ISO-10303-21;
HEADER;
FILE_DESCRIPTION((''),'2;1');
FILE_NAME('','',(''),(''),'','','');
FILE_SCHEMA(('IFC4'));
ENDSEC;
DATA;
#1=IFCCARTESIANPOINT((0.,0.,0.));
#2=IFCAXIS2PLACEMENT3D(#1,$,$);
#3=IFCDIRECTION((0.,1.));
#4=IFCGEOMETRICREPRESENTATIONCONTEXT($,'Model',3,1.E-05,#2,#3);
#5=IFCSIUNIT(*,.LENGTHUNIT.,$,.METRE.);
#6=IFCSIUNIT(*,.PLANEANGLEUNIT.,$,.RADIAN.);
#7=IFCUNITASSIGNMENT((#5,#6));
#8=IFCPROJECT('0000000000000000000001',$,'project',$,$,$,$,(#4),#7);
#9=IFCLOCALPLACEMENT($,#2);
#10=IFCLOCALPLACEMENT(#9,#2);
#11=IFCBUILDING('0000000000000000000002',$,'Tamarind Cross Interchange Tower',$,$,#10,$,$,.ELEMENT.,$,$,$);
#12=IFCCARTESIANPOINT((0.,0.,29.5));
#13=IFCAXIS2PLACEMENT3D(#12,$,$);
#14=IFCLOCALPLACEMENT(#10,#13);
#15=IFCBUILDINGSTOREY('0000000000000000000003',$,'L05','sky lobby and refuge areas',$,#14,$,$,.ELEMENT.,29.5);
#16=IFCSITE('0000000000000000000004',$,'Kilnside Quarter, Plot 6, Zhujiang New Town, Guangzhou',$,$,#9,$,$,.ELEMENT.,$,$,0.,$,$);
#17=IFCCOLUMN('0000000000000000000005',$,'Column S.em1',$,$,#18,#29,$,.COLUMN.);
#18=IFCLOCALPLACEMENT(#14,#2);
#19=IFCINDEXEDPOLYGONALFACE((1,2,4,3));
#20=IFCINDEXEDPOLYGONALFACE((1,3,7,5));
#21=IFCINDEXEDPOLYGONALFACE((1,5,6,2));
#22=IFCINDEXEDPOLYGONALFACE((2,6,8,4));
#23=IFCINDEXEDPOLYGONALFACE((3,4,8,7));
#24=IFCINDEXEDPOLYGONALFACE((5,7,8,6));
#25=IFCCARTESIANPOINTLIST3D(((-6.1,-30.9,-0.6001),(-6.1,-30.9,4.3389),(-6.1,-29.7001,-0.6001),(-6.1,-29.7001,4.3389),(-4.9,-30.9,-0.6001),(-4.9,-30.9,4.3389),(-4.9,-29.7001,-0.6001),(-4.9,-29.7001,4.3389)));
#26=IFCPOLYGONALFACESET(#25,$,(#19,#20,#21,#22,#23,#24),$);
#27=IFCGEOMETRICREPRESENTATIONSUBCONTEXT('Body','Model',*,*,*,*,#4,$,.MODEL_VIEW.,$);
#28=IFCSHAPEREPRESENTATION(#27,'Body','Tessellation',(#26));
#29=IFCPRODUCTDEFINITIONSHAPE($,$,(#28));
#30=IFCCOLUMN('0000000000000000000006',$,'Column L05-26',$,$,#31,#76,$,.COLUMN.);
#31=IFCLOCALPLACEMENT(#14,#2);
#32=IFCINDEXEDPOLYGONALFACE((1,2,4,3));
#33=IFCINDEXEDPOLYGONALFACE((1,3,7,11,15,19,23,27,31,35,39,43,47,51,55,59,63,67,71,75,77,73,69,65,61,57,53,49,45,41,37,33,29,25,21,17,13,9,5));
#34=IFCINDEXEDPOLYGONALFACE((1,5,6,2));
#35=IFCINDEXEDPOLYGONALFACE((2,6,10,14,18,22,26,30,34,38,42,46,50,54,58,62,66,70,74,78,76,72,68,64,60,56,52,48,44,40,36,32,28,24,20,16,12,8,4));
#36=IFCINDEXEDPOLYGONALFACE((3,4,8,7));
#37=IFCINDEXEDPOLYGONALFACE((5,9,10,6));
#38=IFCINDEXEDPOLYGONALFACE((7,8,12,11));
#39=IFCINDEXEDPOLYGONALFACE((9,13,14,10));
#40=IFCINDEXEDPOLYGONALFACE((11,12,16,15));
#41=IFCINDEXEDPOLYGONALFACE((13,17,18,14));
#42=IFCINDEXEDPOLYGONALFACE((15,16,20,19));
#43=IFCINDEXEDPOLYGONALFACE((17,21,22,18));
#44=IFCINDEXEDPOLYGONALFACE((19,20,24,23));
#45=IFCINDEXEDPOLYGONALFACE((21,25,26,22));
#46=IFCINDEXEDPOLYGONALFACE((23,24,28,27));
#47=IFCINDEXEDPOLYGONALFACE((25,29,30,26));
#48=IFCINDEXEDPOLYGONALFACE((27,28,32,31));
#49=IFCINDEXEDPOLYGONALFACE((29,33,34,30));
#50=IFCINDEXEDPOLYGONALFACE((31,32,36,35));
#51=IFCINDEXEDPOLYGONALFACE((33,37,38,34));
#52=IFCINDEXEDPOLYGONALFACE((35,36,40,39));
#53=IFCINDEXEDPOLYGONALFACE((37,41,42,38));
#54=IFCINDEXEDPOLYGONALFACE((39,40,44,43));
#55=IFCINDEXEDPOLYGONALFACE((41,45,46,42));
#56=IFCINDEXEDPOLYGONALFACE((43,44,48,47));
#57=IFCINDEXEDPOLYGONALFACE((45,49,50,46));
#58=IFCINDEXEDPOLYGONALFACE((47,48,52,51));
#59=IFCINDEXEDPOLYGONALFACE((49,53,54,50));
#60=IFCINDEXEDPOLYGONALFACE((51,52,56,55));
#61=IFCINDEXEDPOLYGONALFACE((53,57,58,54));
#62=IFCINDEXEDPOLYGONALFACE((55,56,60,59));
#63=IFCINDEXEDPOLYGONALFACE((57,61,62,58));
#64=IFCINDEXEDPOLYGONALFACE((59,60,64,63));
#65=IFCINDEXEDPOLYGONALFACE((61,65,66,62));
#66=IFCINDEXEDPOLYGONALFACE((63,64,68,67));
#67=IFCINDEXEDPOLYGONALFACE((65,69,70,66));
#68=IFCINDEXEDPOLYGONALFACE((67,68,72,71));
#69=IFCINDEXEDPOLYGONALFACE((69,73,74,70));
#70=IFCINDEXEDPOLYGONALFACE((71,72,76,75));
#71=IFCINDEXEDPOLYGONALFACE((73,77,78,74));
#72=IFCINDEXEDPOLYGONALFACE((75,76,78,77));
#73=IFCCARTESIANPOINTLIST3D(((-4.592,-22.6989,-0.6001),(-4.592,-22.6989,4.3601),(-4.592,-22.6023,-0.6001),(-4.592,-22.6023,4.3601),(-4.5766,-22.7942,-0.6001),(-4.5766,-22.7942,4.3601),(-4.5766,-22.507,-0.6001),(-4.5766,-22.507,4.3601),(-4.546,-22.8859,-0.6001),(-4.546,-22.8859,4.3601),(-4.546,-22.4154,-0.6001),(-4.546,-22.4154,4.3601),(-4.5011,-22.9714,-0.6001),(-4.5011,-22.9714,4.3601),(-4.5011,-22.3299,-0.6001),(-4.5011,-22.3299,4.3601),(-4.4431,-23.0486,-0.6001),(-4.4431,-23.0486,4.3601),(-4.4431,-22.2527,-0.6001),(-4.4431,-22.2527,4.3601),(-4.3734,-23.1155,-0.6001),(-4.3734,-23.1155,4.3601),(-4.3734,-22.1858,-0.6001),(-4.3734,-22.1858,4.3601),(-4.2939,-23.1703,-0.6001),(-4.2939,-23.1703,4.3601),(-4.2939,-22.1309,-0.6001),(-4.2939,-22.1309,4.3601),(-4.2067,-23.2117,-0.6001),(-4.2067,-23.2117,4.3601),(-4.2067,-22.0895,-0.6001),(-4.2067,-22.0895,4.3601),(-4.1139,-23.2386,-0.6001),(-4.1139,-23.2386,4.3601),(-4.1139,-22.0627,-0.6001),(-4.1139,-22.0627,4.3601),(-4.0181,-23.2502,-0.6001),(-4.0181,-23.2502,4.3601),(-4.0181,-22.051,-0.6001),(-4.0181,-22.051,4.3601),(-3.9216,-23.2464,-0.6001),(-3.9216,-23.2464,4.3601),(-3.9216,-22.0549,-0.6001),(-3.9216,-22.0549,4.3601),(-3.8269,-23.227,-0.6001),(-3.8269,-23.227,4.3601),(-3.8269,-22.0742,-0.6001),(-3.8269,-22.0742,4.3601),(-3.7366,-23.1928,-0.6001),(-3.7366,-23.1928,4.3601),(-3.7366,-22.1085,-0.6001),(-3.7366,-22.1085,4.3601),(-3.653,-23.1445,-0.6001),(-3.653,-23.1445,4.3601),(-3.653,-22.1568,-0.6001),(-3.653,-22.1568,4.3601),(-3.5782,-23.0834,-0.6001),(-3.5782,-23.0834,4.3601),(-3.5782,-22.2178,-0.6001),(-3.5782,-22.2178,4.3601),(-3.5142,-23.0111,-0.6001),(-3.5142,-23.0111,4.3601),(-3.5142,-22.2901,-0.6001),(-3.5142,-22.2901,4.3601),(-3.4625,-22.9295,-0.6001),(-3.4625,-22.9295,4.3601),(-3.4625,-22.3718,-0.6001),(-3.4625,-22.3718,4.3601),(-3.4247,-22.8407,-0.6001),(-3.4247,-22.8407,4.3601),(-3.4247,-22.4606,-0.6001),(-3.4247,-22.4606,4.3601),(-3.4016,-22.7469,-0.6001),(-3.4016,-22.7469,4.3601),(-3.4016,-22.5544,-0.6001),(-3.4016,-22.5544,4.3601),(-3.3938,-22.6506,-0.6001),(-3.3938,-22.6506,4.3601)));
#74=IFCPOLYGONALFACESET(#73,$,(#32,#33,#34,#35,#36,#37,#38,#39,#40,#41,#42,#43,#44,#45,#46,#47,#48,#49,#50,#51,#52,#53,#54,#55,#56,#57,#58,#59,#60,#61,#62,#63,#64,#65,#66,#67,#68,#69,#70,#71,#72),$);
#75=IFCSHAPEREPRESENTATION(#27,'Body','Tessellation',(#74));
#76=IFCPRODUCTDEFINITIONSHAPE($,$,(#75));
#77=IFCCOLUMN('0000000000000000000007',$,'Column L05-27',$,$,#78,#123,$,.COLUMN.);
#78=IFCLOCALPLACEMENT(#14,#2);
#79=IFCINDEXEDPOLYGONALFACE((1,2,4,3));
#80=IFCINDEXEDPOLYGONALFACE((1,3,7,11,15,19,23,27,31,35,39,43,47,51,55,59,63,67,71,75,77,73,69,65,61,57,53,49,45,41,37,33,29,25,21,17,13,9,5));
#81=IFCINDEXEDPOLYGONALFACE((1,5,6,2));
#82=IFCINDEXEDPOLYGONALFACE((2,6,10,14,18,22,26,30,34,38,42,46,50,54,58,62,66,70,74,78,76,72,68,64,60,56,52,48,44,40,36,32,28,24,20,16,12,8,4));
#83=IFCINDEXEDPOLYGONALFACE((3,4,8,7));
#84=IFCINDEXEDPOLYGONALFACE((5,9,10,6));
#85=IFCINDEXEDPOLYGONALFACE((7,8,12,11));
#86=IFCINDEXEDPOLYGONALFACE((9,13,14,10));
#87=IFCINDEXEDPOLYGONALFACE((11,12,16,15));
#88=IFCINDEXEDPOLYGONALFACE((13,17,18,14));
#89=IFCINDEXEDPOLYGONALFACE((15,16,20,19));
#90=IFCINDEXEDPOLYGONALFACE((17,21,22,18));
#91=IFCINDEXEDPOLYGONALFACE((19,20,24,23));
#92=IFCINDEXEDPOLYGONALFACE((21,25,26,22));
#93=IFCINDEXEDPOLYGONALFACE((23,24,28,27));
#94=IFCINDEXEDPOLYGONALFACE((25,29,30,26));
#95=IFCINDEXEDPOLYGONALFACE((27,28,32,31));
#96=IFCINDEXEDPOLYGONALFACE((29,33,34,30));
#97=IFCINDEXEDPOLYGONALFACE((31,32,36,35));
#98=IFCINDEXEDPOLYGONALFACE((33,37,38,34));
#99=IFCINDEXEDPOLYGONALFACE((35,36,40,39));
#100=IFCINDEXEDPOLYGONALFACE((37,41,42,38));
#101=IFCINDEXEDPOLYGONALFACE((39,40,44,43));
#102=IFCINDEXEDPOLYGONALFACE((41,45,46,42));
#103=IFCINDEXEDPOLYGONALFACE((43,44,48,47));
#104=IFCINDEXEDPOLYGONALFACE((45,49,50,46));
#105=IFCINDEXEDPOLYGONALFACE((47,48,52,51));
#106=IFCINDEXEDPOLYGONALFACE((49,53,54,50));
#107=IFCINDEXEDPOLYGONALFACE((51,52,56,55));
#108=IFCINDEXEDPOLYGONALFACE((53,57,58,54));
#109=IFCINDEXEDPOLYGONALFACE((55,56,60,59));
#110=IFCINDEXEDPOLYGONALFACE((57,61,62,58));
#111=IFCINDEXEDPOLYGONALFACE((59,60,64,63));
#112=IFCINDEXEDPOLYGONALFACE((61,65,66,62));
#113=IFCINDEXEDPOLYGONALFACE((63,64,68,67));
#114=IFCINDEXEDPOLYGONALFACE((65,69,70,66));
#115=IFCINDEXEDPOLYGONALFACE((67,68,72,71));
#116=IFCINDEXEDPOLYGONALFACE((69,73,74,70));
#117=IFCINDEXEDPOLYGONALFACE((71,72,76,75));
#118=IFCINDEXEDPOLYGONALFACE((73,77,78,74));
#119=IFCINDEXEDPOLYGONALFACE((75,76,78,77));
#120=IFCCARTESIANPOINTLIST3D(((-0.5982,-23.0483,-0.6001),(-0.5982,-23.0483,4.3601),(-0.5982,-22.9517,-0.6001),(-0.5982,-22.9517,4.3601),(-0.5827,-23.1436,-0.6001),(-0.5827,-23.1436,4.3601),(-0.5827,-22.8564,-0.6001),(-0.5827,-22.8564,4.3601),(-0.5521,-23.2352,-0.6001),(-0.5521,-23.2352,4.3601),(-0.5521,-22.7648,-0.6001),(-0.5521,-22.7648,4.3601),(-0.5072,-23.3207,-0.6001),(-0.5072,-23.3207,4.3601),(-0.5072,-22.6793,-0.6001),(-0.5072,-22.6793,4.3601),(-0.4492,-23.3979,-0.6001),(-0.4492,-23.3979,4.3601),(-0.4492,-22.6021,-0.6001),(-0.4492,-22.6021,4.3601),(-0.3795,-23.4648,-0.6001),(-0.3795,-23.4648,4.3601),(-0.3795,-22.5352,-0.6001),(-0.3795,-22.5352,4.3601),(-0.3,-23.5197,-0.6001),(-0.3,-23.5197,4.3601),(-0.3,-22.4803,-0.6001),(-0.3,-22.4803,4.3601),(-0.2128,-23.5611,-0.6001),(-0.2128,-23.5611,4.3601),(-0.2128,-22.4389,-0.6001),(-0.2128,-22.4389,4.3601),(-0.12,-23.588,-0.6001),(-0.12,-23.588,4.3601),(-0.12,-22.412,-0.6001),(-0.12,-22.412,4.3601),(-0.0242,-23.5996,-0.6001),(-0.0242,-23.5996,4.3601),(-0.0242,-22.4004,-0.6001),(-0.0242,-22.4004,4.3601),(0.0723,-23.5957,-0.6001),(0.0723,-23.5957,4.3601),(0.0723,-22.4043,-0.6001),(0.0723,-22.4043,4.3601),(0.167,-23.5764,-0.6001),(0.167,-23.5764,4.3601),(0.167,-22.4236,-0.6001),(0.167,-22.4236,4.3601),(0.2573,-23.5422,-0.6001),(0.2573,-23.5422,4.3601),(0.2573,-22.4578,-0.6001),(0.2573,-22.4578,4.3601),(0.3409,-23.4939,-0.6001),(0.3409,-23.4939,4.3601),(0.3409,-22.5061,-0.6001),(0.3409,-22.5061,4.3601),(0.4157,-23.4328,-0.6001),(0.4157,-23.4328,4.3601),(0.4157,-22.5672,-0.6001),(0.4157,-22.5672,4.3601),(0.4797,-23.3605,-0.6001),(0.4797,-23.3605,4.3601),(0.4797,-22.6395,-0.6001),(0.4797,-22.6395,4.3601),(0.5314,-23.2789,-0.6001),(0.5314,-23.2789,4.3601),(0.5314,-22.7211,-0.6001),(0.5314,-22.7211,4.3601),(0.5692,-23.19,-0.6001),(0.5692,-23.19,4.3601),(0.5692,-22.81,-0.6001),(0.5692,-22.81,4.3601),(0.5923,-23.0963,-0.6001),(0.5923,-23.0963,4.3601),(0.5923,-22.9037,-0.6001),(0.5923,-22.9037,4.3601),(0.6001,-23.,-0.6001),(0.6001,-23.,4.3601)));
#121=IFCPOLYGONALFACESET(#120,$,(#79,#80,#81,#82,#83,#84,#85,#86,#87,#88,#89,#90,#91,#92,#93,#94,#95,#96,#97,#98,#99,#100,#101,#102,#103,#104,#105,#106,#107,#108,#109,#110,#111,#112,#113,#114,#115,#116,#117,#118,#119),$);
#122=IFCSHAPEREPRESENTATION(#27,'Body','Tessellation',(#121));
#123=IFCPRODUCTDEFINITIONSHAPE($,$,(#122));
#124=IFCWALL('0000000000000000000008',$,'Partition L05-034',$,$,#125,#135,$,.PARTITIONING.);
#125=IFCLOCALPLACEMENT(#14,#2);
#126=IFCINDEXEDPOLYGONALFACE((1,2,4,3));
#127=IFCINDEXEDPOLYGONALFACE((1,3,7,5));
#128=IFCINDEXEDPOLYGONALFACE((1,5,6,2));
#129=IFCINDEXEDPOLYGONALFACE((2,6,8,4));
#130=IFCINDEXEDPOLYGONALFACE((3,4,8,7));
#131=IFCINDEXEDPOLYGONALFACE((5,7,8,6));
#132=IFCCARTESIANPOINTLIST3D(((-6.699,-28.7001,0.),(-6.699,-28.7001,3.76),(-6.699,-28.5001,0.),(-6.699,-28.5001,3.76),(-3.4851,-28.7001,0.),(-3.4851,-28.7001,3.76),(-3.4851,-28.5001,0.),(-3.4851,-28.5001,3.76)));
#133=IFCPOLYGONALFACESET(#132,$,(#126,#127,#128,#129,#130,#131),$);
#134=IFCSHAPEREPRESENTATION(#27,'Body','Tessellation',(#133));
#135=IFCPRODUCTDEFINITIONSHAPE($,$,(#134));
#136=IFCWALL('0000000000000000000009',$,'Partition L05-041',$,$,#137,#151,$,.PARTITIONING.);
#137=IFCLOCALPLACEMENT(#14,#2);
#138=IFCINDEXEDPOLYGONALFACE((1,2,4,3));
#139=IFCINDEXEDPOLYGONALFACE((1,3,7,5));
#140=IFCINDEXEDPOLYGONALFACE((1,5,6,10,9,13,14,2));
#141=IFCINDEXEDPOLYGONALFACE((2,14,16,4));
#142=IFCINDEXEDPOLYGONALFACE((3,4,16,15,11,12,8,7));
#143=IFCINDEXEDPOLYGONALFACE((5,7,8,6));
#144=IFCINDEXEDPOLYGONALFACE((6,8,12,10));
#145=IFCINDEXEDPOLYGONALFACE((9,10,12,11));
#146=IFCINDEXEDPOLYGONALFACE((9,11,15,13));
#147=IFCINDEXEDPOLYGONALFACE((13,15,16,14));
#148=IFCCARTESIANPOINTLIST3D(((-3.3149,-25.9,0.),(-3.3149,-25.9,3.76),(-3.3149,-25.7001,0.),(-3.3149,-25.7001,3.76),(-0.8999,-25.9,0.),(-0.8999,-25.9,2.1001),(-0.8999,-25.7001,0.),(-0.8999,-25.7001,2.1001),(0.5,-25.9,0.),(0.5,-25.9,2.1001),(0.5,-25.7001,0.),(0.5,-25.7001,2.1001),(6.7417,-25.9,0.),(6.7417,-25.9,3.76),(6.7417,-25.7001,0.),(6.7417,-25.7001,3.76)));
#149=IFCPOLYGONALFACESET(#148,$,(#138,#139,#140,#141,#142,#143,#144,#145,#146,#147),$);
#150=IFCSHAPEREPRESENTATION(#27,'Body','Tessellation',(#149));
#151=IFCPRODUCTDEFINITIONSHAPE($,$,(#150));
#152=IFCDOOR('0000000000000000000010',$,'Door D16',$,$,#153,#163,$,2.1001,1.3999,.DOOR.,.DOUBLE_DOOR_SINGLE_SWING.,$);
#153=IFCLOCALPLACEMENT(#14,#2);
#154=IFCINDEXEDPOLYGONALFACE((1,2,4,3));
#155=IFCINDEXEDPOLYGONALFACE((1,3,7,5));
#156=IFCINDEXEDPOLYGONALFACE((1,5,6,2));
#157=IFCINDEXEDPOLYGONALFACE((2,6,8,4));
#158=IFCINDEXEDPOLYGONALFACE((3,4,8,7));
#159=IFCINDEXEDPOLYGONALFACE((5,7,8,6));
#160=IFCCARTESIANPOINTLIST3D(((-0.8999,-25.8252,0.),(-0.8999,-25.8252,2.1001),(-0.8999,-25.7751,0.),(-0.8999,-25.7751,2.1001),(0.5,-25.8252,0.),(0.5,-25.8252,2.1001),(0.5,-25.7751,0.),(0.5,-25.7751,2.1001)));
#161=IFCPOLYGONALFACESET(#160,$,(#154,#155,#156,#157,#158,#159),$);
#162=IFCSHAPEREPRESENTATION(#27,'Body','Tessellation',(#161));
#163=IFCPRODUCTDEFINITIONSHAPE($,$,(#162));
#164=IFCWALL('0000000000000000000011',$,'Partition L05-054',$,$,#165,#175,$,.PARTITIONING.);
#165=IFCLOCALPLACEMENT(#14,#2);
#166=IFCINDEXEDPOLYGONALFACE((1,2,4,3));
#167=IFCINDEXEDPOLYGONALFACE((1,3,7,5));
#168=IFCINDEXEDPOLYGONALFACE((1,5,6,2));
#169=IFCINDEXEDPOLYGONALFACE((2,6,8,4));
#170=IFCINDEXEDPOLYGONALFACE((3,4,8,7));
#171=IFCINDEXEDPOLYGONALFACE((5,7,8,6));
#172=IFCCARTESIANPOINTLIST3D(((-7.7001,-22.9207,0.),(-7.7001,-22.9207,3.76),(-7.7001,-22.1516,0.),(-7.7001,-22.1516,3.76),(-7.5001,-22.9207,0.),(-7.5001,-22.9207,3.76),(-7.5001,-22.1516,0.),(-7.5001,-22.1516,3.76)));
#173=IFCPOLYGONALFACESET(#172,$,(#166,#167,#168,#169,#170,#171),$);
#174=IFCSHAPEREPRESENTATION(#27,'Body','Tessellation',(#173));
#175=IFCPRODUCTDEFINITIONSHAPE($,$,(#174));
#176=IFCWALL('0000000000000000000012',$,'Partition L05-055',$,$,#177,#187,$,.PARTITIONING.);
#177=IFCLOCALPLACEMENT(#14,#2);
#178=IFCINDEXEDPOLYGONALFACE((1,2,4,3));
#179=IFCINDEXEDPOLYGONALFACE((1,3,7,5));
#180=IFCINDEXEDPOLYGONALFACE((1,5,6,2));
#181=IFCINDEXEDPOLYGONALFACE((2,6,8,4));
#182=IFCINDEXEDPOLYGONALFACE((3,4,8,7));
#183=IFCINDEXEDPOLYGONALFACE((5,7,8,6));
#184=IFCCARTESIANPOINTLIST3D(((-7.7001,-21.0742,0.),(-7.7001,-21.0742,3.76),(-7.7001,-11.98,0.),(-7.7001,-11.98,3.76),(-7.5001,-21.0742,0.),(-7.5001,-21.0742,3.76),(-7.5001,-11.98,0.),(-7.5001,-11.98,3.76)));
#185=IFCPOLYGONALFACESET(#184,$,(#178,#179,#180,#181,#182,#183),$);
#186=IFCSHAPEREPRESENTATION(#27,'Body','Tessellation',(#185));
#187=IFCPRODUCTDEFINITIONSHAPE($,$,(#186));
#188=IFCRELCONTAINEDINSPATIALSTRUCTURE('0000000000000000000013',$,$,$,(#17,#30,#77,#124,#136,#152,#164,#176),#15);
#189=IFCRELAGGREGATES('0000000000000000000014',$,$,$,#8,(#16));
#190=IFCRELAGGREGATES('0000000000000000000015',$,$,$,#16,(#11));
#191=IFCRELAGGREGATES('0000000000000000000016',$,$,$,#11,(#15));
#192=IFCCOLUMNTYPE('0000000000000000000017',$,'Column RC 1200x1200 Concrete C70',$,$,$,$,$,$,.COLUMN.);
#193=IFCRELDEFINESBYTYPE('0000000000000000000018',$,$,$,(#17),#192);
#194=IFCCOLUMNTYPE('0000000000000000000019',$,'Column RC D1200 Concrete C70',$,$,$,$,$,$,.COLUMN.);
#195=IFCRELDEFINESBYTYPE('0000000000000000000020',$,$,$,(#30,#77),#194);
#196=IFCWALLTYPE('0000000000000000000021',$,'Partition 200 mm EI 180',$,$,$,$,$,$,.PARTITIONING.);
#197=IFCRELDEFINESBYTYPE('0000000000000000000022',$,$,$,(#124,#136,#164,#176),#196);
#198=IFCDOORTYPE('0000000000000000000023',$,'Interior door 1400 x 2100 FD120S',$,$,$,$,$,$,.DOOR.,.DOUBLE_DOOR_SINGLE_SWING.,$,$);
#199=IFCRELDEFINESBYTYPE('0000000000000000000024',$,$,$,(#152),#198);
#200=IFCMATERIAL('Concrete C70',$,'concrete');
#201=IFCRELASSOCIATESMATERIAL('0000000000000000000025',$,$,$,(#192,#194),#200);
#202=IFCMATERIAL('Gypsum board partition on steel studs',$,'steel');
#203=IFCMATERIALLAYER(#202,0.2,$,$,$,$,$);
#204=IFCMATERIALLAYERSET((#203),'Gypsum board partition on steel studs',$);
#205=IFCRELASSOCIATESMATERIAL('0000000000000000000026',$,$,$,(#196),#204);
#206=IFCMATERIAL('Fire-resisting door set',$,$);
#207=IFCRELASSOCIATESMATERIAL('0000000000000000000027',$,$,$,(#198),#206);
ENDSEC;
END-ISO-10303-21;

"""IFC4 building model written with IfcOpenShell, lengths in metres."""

from ifc_helpers import new_model, si_unit, direction, frame, frame_2d, origin, origin_2d, place, context, subcontext, project, spatial, rectangle, circle, extrude, material, layer, layer_set, material_profile, profile_set, type_object, element, fill, save


model = new_model("IFC4")

# Units and contexts
model_context = context("Model", 3, precision=1e-05, world=origin(), true_north=direction((0.0, 1.0)))
body_context = subcontext(model_context, "Body", "Model", "MODEL_VIEW")
ifc_project = project(units=[si_unit("LENGTHUNIT", "METRE"), si_unit("PLANEANGLEUNIT", "RADIAN")], contexts=[model_context])

# Site, building, storey
site_placement = place(None, origin())
site = spatial("IfcSite", under=ifc_project, at=site_placement, Name="Kilnside Quarter, Plot 6, Zhujiang New Town, Guangzhou", CompositionType="ELEMENT", RefElevation=0.0)
building_placement = place(site_placement, origin())
building = spatial("IfcBuilding", under=site, at=building_placement, Name="Tamarind Cross Interchange Tower", CompositionType="ELEMENT")
storey_placement = place(building_placement, frame((0.0, 0.0, 29.5)))
storey = spatial("IfcBuildingStorey", under=building, at=storey_placement, Name="L05", Description="sky lobby and refuge areas", CompositionType="ELEMENT", Elevation=29.5)

# Columns
ifc_material_1 = material(Name="Concrete C70", Category="concrete")
ifc_material_profile_1 = material_profile(ifc_material_1, rectangle(XDim=1.2, YDim=1.2, at=origin_2d()), Name="RC 1200x1200")
ifc_profile_set_1 = profile_set([ifc_material_profile_1], Name="Concrete C70")
column_type_1 = type_object("IfcColumnType", Name="Column RC 1200x1200 Concrete C70", PredefinedType="COLUMN", material=ifc_profile_set_1)
column_placement = place(storey_placement, frame((-5.5, -30.3, -0.6001), z_axis=(0.0, 0.0, 1.0), x_axis=(1.0, 0.0, 0.0)))
element("IfcColumn", 1, at=column_placement, inside=storey, type_object=column_type_1, Name="Column S.em1", PredefinedType="COLUMN", context=body_context, shape_type="SweptSolid", body=[
    extrude(rectangle(XDim=1.2, YDim=1.2, at=origin_2d()), origin(), (0.0, 0.0, 1.0), 4.939),
])
ifc_material_profile_2 = material_profile(ifc_material_1, circle(Radius=0.6001, at=origin_2d()), Name="RC D1200")
ifc_profile_set_2 = profile_set([ifc_material_profile_2], Name="Concrete C70")
column_type_2 = type_object("IfcColumnType", Name="Column RC D1200 Concrete C70", PredefinedType="COLUMN", material=ifc_profile_set_2)
for number, where, z_axis, x_axis, name in (
    (2, (-3.9939, -22.6506, -0.6001), (0.0, 0.0, 1.0), (1.0, 0.0, 0.0), "Column L05-26"),
    (3, (0.0, -23.0, -0.6001), (0.0, 0.0, 1.0), (1.0, 0.0, 0.0), "Column L05-27"),
):
    element("IfcColumn", number, at=place(storey_placement, frame(where, z_axis=z_axis, x_axis=x_axis)), inside=storey, type_object=column_type_2, Name=name, PredefinedType="COLUMN", context=body_context, shape_type="SweptSolid", body=[
        extrude(circle(Radius=0.6001, at=origin_2d()), origin(), (0.0, 0.0, 1.0), 4.9602),
    ])

# Wall
ifc_material_2 = material(Name="Gypsum board partition on steel studs", Category="steel")
ifc_layer_1 = layer(ifc_material_2, 0.2)
ifc_layer_set_1 = layer_set([ifc_layer_1], Name="Gypsum board partition on steel studs")
wall_type_1 = type_object("IfcWallType", Name="Partition 200 mm EI 180", PredefinedType="PARTITIONING", material=ifc_layer_set_1)
wall_1_placement = place(storey_placement, frame((-6.699, -28.6001, 0.0), z_axis=(0.0, 0.0, 1.0), x_axis=(1.0, 0.0, 0.0)))
element("IfcWall", 4, at=wall_1_placement, inside=storey, type_object=wall_type_1, Name="Partition L05-034", PredefinedType="PARTITIONING", context=body_context, shape_type="SweptSolid", body=[
    extrude(rectangle(XDim=3.2139, YDim=0.2, at=frame_2d((1.6069, 0.0))), origin(), (0.0, 0.0, 1.0), 3.76),
])

# Wall, opening, door
wall_2_placement = place(storey_placement, frame((-3.3149, -25.8, 0.0), z_axis=(0.0, 0.0, 1.0), x_axis=(1.0, 0.0, 0.0)))
wall_2 = element("IfcWall", 5, at=wall_2_placement, inside=storey, type_object=wall_type_1, Name="Partition L05-041", PredefinedType="PARTITIONING", context=body_context, shape_type="SweptSolid", body=[
    extrude(rectangle(XDim=10.0566, YDim=0.2, at=frame_2d((5.0283, 0.0))), origin(), (0.0, 0.0, 1.0), 3.76),
])
opening_1_placement = place(wall_2_placement, frame((2.415, 0.0, 0.0)))
opening_1 = element("IfcOpeningElement", 6, at=opening_1_placement, cuts=wall_2, PredefinedType="OPENING", context=body_context, shape_type="SweptSolid", body=[
    extrude(rectangle(XDim=1.3999, YDim=2.1001, at=frame_2d((0.7, 1.05))), frame((0.0, 0.1099, 0.0), z_axis=(0.0, -1.0, 0.0), x_axis=(1.0, 0.0, 0.0)), (0.0, 0.0, 1.0), 0.22),
])
ifc_material_3 = material(Name="Fire-resisting door set")
door_type_1 = type_object("IfcDoorType", Name="Interior door 1400 x 2100 FD120S", OperationType="DOUBLE_DOOR_SINGLE_SWING", PredefinedType="DOOR", material=ifc_material_3)
door_1_placement = place(opening_1_placement, origin())
door_1 = element("IfcDoor", 7, at=door_1_placement, inside=storey, type_object=door_type_1, Name="Door D16", OperationType="DOUBLE_DOOR_SINGLE_SWING", OverallHeight=2.1001, OverallWidth=1.3999, PredefinedType="DOOR", context=body_context, shape_type="SweptSolid", body=[
    extrude(rectangle(XDim=1.3999, YDim=2.1001, at=frame_2d((0.7, 1.05))), frame((0.0, 0.0249, 0.0), z_axis=(0.0, -1.0, 0.0), x_axis=(1.0, 0.0, 0.0)), (0.0, 0.0, 1.0), 0.05),
])
fill(opening_1, door_1)

# Walls
wall_3_placement = place(storey_placement, frame((-7.6001, -22.9207, 0.0), z_axis=(0.0, 0.0, 1.0), x_axis=(0.0, 1.0, 0.0)))
element("IfcWall", 8, at=wall_3_placement, inside=storey, type_object=wall_type_1, Name="Partition L05-054", PredefinedType="PARTITIONING", context=body_context, shape_type="SweptSolid", body=[
    extrude(rectangle(XDim=0.769, YDim=0.2, at=frame_2d((0.3845, 0.0))), origin(), (0.0, 0.0, 1.0), 3.76),
])
wall_4_placement = place(storey_placement, frame((-7.6001, -21.0742, 0.0), z_axis=(0.0, 0.0, 1.0), x_axis=(0.0, 1.0, 0.0)))
element("IfcWall", 9, at=wall_4_placement, inside=storey, type_object=wall_type_1, Name="Partition L05-055", PredefinedType="PARTITIONING", context=body_context, shape_type="SweptSolid", body=[
    extrude(rectangle(XDim=9.0942, YDim=0.2, at=frame_2d((4.5471, 0.0))), origin(), (0.0, 0.0, 1.0), 3.76),
])

save(model, "model.ifc")
